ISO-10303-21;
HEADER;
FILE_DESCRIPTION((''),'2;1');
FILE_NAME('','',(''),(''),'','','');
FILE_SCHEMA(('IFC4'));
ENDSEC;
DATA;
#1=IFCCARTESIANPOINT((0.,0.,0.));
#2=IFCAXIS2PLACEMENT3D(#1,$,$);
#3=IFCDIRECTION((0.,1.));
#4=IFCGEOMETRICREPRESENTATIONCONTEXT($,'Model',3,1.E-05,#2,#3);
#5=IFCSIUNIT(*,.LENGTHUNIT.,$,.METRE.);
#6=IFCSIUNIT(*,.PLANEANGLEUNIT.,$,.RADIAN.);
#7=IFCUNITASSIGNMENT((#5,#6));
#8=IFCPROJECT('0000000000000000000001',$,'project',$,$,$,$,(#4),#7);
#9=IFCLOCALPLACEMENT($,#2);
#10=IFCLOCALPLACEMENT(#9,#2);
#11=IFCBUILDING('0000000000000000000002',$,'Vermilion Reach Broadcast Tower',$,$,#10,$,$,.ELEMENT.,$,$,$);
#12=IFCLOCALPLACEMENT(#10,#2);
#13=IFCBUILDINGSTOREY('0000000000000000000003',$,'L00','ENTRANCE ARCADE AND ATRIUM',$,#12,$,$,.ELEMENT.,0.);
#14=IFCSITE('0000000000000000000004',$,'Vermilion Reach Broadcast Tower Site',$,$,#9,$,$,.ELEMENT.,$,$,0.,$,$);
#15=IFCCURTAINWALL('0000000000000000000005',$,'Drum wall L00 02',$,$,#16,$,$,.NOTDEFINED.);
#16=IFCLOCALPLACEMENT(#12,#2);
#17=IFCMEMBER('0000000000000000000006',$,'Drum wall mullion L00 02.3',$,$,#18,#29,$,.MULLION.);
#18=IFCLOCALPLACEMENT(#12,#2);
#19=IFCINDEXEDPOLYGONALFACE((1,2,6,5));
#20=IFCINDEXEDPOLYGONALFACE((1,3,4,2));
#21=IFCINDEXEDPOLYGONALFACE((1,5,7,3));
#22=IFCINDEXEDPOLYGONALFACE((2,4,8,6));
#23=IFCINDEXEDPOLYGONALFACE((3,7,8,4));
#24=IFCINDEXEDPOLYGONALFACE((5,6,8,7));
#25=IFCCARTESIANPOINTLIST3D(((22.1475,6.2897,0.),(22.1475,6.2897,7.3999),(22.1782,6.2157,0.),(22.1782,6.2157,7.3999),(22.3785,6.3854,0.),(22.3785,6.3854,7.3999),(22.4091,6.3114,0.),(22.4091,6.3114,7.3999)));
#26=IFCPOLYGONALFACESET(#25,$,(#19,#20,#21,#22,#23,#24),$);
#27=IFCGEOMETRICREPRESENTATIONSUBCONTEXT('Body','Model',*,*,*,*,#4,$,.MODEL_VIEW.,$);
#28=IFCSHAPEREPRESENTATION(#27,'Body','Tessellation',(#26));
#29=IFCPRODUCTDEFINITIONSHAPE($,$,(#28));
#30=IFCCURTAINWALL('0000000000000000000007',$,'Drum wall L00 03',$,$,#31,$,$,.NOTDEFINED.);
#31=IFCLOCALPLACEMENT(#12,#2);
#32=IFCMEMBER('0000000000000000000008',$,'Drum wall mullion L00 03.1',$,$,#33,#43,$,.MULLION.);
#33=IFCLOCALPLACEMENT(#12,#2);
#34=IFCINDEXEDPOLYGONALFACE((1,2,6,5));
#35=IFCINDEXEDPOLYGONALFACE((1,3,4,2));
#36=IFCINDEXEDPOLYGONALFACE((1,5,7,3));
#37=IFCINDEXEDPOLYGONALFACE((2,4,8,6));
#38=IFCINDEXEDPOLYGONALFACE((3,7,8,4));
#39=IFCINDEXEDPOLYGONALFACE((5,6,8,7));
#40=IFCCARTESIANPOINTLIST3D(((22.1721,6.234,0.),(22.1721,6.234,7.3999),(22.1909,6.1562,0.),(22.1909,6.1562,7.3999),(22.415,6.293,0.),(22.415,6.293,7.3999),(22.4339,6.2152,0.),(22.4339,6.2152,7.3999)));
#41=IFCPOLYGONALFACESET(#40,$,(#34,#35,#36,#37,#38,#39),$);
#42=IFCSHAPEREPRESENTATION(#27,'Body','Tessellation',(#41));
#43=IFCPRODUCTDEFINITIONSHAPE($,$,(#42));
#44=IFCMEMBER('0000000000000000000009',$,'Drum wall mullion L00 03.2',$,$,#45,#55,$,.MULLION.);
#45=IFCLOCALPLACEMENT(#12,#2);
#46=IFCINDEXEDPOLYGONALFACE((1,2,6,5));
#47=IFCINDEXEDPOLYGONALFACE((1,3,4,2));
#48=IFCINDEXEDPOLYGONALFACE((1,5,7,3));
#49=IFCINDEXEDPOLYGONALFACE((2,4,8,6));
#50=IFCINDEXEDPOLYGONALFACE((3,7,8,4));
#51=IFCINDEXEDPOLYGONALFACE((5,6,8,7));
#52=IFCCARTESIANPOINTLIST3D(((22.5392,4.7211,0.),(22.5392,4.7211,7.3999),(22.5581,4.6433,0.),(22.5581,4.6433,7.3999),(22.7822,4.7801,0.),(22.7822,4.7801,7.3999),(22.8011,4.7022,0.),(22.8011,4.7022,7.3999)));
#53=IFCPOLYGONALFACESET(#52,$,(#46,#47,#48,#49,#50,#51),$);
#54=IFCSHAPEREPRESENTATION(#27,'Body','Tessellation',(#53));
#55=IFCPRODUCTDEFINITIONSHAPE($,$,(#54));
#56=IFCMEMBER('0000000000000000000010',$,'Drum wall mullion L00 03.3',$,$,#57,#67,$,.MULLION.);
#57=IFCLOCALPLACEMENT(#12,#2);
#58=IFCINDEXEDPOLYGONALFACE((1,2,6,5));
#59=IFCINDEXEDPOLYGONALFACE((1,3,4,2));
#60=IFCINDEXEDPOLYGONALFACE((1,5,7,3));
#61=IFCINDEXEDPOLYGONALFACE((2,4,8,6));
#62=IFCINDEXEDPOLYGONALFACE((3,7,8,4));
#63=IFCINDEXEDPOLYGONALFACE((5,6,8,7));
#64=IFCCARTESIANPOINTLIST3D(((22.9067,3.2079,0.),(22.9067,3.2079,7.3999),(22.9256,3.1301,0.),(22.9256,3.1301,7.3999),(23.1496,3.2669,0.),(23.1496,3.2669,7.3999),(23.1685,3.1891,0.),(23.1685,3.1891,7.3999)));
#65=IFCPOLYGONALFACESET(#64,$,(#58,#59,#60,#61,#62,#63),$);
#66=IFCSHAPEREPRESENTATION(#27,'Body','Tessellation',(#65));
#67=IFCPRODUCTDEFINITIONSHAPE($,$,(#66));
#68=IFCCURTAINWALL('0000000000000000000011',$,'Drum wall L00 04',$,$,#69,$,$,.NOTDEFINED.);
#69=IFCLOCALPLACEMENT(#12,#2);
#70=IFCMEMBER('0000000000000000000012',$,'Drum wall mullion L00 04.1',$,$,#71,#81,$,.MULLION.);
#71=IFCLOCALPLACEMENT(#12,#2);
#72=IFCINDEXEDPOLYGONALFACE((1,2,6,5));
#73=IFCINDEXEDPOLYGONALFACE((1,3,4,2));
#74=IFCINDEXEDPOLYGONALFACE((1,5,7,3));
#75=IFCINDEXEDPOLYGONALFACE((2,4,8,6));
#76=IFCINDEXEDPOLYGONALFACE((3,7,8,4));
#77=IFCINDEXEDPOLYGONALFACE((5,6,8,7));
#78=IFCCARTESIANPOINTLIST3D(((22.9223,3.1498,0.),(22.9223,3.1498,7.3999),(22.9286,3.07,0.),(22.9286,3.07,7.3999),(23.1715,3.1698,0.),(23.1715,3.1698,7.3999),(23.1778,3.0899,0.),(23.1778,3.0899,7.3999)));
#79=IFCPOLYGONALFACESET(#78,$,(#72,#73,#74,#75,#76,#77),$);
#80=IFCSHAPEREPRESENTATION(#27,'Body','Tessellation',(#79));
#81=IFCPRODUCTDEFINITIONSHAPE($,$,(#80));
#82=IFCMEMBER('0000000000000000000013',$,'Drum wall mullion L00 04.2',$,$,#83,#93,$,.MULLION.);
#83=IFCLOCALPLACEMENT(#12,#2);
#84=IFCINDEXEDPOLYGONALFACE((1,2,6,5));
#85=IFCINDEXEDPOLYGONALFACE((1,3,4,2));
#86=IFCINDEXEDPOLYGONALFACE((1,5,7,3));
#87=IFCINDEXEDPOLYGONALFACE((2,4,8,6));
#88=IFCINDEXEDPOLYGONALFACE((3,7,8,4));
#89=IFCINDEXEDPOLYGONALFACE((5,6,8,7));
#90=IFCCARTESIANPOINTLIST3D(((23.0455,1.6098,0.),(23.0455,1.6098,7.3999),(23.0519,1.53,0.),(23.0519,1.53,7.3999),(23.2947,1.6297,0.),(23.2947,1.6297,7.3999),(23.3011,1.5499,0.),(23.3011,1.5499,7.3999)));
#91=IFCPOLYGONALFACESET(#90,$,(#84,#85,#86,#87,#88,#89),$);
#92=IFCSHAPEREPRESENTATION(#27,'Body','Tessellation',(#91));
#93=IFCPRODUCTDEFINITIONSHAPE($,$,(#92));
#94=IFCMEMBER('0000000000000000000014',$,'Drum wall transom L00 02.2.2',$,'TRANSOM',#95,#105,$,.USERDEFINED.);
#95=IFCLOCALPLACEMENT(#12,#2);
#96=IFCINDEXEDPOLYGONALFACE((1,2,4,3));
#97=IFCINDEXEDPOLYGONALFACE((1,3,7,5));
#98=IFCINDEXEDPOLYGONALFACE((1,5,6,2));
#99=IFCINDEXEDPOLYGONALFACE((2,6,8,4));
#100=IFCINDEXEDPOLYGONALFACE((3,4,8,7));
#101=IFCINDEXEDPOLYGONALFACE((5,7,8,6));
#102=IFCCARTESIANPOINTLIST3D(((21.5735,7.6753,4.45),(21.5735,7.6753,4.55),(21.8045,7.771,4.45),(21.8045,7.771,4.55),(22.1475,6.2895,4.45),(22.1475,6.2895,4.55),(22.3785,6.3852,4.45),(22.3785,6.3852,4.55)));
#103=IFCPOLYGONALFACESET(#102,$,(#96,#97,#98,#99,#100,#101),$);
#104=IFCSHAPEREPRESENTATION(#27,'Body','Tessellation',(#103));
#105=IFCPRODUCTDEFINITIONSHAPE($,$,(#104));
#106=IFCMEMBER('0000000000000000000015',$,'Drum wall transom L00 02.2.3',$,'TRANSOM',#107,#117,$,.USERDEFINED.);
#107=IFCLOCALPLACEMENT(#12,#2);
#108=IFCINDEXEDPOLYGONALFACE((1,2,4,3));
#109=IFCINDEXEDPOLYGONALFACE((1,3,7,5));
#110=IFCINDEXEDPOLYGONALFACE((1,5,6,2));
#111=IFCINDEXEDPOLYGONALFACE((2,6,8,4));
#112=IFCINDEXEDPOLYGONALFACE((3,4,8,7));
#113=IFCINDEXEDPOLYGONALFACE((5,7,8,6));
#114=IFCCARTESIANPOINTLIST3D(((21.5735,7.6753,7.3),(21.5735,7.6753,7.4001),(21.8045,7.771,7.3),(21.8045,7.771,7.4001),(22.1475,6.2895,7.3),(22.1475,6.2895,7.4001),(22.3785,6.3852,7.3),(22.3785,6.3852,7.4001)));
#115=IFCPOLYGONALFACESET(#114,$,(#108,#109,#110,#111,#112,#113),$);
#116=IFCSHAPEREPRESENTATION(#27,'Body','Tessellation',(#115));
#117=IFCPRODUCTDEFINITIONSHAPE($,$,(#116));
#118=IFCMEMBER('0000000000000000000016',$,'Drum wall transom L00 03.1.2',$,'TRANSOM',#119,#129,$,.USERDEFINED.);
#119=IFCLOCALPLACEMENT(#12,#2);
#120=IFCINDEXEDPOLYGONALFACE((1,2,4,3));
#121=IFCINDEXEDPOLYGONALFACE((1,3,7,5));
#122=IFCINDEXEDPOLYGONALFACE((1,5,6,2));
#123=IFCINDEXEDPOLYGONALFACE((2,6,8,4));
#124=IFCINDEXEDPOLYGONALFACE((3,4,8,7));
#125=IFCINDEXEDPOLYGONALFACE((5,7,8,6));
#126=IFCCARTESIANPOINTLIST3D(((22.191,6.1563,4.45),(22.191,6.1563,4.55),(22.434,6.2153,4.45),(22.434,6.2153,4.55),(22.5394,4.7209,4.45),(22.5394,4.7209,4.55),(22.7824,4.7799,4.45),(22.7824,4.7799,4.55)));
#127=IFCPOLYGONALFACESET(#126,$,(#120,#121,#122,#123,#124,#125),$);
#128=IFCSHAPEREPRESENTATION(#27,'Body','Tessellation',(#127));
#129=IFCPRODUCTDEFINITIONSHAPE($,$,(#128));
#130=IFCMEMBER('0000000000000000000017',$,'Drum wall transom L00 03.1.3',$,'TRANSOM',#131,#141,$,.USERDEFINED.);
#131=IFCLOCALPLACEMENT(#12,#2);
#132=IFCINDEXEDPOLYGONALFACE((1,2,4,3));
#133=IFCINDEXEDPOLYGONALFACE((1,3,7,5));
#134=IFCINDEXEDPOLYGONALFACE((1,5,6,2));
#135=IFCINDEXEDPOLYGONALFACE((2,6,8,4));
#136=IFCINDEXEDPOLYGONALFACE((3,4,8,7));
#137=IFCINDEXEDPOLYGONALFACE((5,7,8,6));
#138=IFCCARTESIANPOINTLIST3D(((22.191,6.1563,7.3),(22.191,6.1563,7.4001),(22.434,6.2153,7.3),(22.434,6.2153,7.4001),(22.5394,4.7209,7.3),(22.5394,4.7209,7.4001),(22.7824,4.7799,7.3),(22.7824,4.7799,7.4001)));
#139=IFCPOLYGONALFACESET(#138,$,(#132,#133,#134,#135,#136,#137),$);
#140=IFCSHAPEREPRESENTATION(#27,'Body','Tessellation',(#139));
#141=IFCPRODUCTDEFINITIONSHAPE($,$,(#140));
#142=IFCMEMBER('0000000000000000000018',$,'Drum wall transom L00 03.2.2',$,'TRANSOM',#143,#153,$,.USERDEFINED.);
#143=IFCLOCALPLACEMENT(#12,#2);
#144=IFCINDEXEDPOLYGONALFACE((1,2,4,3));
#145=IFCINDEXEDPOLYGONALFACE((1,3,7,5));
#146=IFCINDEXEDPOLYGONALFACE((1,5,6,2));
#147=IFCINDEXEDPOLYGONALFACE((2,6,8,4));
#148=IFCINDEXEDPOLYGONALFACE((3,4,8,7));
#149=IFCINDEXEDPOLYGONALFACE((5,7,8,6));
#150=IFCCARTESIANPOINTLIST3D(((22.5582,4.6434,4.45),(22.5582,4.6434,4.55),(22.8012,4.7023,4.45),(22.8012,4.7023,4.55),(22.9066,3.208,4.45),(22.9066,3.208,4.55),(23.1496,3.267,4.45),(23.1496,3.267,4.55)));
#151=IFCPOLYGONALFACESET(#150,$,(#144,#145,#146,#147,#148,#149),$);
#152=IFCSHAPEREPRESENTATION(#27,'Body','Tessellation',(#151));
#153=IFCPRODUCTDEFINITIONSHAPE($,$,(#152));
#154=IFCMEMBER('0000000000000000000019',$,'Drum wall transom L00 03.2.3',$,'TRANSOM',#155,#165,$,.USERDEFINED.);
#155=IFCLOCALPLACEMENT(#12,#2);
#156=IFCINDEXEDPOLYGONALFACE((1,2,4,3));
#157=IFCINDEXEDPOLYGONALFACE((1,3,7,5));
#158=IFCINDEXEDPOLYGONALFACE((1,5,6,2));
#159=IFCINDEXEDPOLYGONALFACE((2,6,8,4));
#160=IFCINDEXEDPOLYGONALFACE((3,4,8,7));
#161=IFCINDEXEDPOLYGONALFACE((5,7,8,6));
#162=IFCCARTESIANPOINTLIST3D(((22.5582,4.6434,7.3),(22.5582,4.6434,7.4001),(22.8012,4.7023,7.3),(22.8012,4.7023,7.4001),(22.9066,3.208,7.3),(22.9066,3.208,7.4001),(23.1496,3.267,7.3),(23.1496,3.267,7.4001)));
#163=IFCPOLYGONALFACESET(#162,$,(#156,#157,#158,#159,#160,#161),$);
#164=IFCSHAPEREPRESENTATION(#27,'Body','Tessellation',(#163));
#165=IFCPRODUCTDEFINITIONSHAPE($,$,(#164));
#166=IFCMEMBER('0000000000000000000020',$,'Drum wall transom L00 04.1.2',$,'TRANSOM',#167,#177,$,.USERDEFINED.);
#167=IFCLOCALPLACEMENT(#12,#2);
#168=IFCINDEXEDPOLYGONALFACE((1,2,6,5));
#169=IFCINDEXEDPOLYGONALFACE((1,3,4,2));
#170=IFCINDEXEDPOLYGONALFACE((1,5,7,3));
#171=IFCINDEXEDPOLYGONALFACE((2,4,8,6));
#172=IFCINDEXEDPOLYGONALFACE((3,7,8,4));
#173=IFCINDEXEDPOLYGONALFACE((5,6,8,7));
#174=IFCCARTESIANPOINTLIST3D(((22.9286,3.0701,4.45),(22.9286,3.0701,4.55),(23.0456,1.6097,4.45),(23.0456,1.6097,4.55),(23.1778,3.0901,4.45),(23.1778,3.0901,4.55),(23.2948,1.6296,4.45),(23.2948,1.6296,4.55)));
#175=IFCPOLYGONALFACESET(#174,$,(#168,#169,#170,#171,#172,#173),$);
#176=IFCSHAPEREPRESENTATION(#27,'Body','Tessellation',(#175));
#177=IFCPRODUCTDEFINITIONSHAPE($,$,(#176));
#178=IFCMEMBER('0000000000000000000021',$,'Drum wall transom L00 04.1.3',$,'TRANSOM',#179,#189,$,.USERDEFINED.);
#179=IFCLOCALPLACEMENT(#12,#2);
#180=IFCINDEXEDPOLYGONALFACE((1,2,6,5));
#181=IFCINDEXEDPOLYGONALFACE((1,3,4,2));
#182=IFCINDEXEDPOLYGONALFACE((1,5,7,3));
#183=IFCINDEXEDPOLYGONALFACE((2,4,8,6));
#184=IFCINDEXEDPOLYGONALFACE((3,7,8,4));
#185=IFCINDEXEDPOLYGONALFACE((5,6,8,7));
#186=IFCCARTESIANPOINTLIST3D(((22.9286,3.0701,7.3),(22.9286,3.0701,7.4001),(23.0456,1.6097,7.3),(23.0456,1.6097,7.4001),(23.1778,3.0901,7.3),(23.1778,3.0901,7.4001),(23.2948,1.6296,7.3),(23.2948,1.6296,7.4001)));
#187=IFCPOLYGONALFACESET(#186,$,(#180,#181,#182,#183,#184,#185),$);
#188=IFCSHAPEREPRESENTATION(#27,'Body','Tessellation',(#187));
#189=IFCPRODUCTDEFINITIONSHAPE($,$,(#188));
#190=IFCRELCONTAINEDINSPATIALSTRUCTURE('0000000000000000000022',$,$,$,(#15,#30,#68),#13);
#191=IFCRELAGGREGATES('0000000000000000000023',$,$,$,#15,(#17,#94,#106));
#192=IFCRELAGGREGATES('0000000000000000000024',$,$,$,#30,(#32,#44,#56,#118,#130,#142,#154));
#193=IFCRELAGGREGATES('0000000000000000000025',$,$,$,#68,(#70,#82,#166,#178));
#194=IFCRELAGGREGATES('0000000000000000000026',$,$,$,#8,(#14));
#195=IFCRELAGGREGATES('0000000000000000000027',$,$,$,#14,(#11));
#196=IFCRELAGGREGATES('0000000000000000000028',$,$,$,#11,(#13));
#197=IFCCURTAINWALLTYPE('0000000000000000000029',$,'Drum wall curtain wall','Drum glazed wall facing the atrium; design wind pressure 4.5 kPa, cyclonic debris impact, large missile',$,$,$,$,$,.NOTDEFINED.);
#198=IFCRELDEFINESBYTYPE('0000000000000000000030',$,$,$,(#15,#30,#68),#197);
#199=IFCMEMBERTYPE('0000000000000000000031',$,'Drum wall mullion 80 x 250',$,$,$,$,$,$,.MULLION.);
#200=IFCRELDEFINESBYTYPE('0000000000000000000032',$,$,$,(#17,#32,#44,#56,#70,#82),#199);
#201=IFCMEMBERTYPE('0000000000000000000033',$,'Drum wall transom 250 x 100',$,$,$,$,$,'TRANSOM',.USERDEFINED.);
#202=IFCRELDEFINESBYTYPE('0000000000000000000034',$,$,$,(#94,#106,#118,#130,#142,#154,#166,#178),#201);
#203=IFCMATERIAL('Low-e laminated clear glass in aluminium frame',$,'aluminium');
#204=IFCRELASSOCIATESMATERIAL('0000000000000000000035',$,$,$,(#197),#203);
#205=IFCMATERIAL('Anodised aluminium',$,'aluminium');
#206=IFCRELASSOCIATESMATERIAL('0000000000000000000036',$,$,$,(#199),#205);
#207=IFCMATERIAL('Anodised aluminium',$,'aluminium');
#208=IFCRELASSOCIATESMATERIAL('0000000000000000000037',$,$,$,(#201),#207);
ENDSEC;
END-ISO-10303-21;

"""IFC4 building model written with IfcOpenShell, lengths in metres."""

from ifc_helpers import new_model, si_unit, direction, frame, origin, origin_2d, place, context, subcontext, project, spatial, rectangle, extrude, material, material_profile, profile_set, type_object, element, aggregate, save


model = new_model("IFC4")

# Units and contexts
model_context = context("Model", 3, precision=1e-05, world=origin(), true_north=direction((0.0, 1.0)))
body_context = subcontext(model_context, "Body", "Model", "MODEL_VIEW")
ifc_project = project(units=[si_unit("LENGTHUNIT", "METRE"), si_unit("PLANEANGLEUNIT", "RADIAN")], contexts=[model_context])

# Site, building, storey
site_placement = place(None, origin())
site = spatial("IfcSite", under=ifc_project, at=site_placement, Name="Vermilion Reach Broadcast Tower Site", CompositionType="ELEMENT", RefElevation=0.0)
building_placement = place(site_placement, origin())
building = spatial("IfcBuilding", under=site, at=building_placement, Name="Vermilion Reach Broadcast Tower", CompositionType="ELEMENT")
storey_placement = place(building_placement, origin())
storey = spatial("IfcBuildingStorey", under=building, at=storey_placement, Name="L00", Description="ENTRANCE ARCADE AND ATRIUM", CompositionType="ELEMENT", Elevation=0.0)

# Curtain walls, members
ifc_material_1 = material(Name="Low-e laminated clear glass in aluminium frame", Category="aluminium")
curtain_wall_type = type_object("IfcCurtainWallType", Name="Drum wall curtain wall", Description="Drum glazed wall facing the atrium; design wind pressure 4.5 kPa, cyclonic debris impact, large missile", PredefinedType="NOTDEFINED", material=ifc_material_1)
placement = place(storey_placement, origin())
curtain_wall_1 = element("IfcCurtainWall", 1, at=placement, inside=storey, type_object=curtain_wall_type, Name="Drum wall L00 02", PredefinedType="NOTDEFINED")
ifc_material_2 = material(Name="Anodised aluminium", Category="aluminium")
ifc_material_profile_1 = material_profile(ifc_material_2, rectangle(XDim=0.25, YDim=0.0801, at=origin_2d()), Name="Drum wall mullion 80 x 250")
ifc_profile_set_1 = profile_set([ifc_material_profile_1], Name="Anodised aluminium")
member_type_1 = type_object("IfcMemberType", Name="Drum wall mullion 80 x 250", PredefinedType="MULLION", material=ifc_profile_set_1)
member_1_placement = place(storey_placement, frame((22.2783, 6.3005, 0.0), z_axis=(0.0, 0.0, 1.0), x_axis=(0.923875, 0.382693, 0.0)))
member_1 = element("IfcMember", 2, at=member_1_placement, type_object=member_type_1, Name="Drum wall mullion L00 02.3", PredefinedType="MULLION", context=body_context, shape_type="SweptSolid", body=[
    extrude(rectangle(XDim=0.25, YDim=0.0801, at=origin_2d()), origin(), (0.0, 0.0, 1.0), 7.3999),
])
curtain_wall_2 = element("IfcCurtainWall", 3, at=placement, inside=storey, type_object=curtain_wall_type, Name="Drum wall L00 03", PredefinedType="NOTDEFINED")
member_2_placement = place(storey_placement, frame((22.303, 6.2246, 0.0), z_axis=(0.0, 0.0, 1.0), x_axis=(0.971783, 0.235877, 0.0)))
member_2 = element("IfcMember", 4, at=member_2_placement, type_object=member_type_1, Name="Drum wall mullion L00 03.1", PredefinedType="MULLION", context=body_context, shape_type="SweptSolid", body=[
    extrude(rectangle(XDim=0.25, YDim=0.0801, at=origin_2d()), origin(), (0.0, 0.0, 1.0), 7.3999),
])
member_3_placement = place(storey_placement, frame((22.6702, 4.7117, 0.0), z_axis=(0.0, 0.0, 1.0), x_axis=(0.971783, 0.235877, 0.0)))
member_3 = element("IfcMember", 5, at=member_3_placement, type_object=member_type_1, Name="Drum wall mullion L00 03.2", PredefinedType="MULLION", context=body_context, shape_type="SweptSolid", body=[
    extrude(rectangle(XDim=0.25, YDim=0.0801, at=origin_2d()), origin(), (0.0, 0.0, 1.0), 7.3999),
])
member_4_placement = place(storey_placement, frame((23.0376, 3.1985, 0.0), z_axis=(0.0, 0.0, 1.0), x_axis=(0.971783, 0.235877, 0.0)))
member_4 = element("IfcMember", 6, at=member_4_placement, type_object=member_type_1, Name="Drum wall mullion L00 03.3", PredefinedType="MULLION", context=body_context, shape_type="SweptSolid", body=[
    extrude(rectangle(XDim=0.25, YDim=0.0801, at=origin_2d()), origin(), (0.0, 0.0, 1.0), 7.3999),
])
curtain_wall_3 = element("IfcCurtainWall", 7, at=placement, inside=storey, type_object=curtain_wall_type, Name="Drum wall L00 04", PredefinedType="NOTDEFINED")
member_5_placement = place(storey_placement, frame((23.05, 3.1199, 0.0), z_axis=(0.0, 0.0, 1.0), x_axis=(0.996817, 0.079726, 0.0)))
member_5 = element("IfcMember", 8, at=member_5_placement, type_object=member_type_1, Name="Drum wall mullion L00 04.1", PredefinedType="MULLION", context=body_context, shape_type="SweptSolid", body=[
    extrude(rectangle(XDim=0.25, YDim=0.0801, at=origin_2d()), origin(), (0.0, 0.0, 1.0), 7.3999),
])
member_6_placement = place(storey_placement, frame((23.1733, 1.5798, 0.0), z_axis=(0.0, 0.0, 1.0), x_axis=(0.996817, 0.079726, 0.0)))
member_6 = element("IfcMember", 9, at=member_6_placement, type_object=member_type_1, Name="Drum wall mullion L00 04.2", PredefinedType="MULLION", context=body_context, shape_type="SweptSolid", body=[
    extrude(rectangle(XDim=0.25, YDim=0.0801, at=origin_2d()), origin(), (0.0, 0.0, 1.0), 7.3999),
])

# Members
ifc_material_3 = material(Name="Anodised aluminium", Category="aluminium")
ifc_material_profile_2 = material_profile(ifc_material_3, rectangle(XDim=0.25, YDim=0.1001, at=origin_2d()), Name="Drum wall transom 250 x 100")
ifc_profile_set_2 = profile_set([ifc_material_profile_2], Name="Anodised aluminium")
member_type_2 = type_object("IfcMemberType", Name="Drum wall transom 250 x 100", ElementType="TRANSOM", PredefinedType="USERDEFINED", material=ifc_profile_set_2)
member_7_placement = place(storey_placement, frame((21.689, 7.7231, 4.5), z_axis=(0.382673, -0.923884, 0.0), x_axis=(0.923884, 0.382673, 0.0)))
member_7 = element("IfcMember", 10, at=member_7_placement, type_object=member_type_2, Name="Drum wall transom L00 02.2.2", ObjectType="TRANSOM", PredefinedType="USERDEFINED", context=body_context, shape_type="SweptSolid", body=[
    extrude(rectangle(XDim=0.25, YDim=0.1001, at=origin_2d()), origin(), (0.0, 0.0, 1.0), 1.5),
])
member_8_placement = place(storey_placement, frame((21.689, 7.7231, 7.3501), z_axis=(0.382673, -0.923884, 0.0), x_axis=(0.923884, 0.382673, 0.0)))
member_8 = element("IfcMember", 11, at=member_8_placement, type_object=member_type_2, Name="Drum wall transom L00 02.2.3", ObjectType="TRANSOM", PredefinedType="USERDEFINED", context=body_context, shape_type="SweptSolid", body=[
    extrude(rectangle(XDim=0.25, YDim=0.1001, at=origin_2d()), origin(), (0.0, 0.0, 1.0), 1.5),
])
member_9_placement = place(storey_placement, frame((22.3125, 6.1858, 4.5), z_axis=(0.235879, -0.971782, 0.0), x_axis=(0.971782, 0.235879, 0.0)))
member_9 = element("IfcMember", 12, at=member_9_placement, type_object=member_type_2, Name="Drum wall transom L00 03.1.2", ObjectType="TRANSOM", PredefinedType="USERDEFINED", context=body_context, shape_type="SweptSolid", body=[
    extrude(rectangle(XDim=0.25, YDim=0.1001, at=origin_2d()), origin(), (0.0, 0.0, 1.0), 1.4771),
])
member_10_placement = place(storey_placement, frame((22.3125, 6.1858, 7.3501), z_axis=(0.235879, -0.971782, 0.0), x_axis=(0.971782, 0.235879, 0.0)))
member_10 = element("IfcMember", 13, at=member_10_placement, type_object=member_type_2, Name="Drum wall transom L00 03.1.3", ObjectType="TRANSOM", PredefinedType="USERDEFINED", context=body_context, shape_type="SweptSolid", body=[
    extrude(rectangle(XDim=0.25, YDim=0.1001, at=origin_2d()), origin(), (0.0, 0.0, 1.0), 1.4771),
])
member_11_placement = place(storey_placement, frame((22.6797, 4.6729, 4.5), z_axis=(0.235879, -0.971782, 0.0), x_axis=(0.971782, 0.235879, 0.0)))
member_11 = element("IfcMember", 14, at=member_11_placement, type_object=member_type_2, Name="Drum wall transom L00 03.2.2", ObjectType="TRANSOM", PredefinedType="USERDEFINED", context=body_context, shape_type="SweptSolid", body=[
    extrude(rectangle(XDim=0.25, YDim=0.1001, at=origin_2d()), origin(), (0.0, 0.0, 1.0), 1.4771),
])
member_12_placement = place(storey_placement, frame((22.6797, 4.6729, 7.3501), z_axis=(0.235879, -0.971782, 0.0), x_axis=(0.971782, 0.235879, 0.0)))
member_12 = element("IfcMember", 15, at=member_12_placement, type_object=member_type_2, Name="Drum wall transom L00 03.2.3", ObjectType="TRANSOM", PredefinedType="USERDEFINED", context=body_context, shape_type="SweptSolid", body=[
    extrude(rectangle(XDim=0.25, YDim=0.1001, at=origin_2d()), origin(), (0.0, 0.0, 1.0), 1.4771),
])
member_13_placement = place(storey_placement, frame((23.0532, 3.0801, 4.5), z_axis=(0.079818, -0.996809, 0.0), x_axis=(0.996809, 0.079818, 0.0)))
member_13 = element("IfcMember", 16, at=member_13_placement, type_object=member_type_2, Name="Drum wall transom L00 04.1.2", ObjectType="TRANSOM", PredefinedType="USERDEFINED", context=body_context, shape_type="SweptSolid", body=[
    extrude(rectangle(XDim=0.25, YDim=0.1001, at=origin_2d()), origin(), (0.0, 0.0, 1.0), 1.4651),
])
member_14_placement = place(storey_placement, frame((23.0532, 3.0801, 7.3501), z_axis=(0.079818, -0.996809, 0.0), x_axis=(0.996809, 0.079818, 0.0)))
member_14 = element("IfcMember", 17, at=member_14_placement, type_object=member_type_2, Name="Drum wall transom L00 04.1.3", ObjectType="TRANSOM", PredefinedType="USERDEFINED", context=body_context, shape_type="SweptSolid", body=[
    extrude(rectangle(XDim=0.25, YDim=0.1001, at=origin_2d()), origin(), (0.0, 0.0, 1.0), 1.4651),
])

aggregate(curtain_wall_1, [member_1, member_7, member_8])
aggregate(curtain_wall_2, [member_2, member_3, member_4, member_9, member_10, member_11, member_12])
aggregate(curtain_wall_3, [member_5, member_6, member_13, member_14])

save(model, "model.ifc")
